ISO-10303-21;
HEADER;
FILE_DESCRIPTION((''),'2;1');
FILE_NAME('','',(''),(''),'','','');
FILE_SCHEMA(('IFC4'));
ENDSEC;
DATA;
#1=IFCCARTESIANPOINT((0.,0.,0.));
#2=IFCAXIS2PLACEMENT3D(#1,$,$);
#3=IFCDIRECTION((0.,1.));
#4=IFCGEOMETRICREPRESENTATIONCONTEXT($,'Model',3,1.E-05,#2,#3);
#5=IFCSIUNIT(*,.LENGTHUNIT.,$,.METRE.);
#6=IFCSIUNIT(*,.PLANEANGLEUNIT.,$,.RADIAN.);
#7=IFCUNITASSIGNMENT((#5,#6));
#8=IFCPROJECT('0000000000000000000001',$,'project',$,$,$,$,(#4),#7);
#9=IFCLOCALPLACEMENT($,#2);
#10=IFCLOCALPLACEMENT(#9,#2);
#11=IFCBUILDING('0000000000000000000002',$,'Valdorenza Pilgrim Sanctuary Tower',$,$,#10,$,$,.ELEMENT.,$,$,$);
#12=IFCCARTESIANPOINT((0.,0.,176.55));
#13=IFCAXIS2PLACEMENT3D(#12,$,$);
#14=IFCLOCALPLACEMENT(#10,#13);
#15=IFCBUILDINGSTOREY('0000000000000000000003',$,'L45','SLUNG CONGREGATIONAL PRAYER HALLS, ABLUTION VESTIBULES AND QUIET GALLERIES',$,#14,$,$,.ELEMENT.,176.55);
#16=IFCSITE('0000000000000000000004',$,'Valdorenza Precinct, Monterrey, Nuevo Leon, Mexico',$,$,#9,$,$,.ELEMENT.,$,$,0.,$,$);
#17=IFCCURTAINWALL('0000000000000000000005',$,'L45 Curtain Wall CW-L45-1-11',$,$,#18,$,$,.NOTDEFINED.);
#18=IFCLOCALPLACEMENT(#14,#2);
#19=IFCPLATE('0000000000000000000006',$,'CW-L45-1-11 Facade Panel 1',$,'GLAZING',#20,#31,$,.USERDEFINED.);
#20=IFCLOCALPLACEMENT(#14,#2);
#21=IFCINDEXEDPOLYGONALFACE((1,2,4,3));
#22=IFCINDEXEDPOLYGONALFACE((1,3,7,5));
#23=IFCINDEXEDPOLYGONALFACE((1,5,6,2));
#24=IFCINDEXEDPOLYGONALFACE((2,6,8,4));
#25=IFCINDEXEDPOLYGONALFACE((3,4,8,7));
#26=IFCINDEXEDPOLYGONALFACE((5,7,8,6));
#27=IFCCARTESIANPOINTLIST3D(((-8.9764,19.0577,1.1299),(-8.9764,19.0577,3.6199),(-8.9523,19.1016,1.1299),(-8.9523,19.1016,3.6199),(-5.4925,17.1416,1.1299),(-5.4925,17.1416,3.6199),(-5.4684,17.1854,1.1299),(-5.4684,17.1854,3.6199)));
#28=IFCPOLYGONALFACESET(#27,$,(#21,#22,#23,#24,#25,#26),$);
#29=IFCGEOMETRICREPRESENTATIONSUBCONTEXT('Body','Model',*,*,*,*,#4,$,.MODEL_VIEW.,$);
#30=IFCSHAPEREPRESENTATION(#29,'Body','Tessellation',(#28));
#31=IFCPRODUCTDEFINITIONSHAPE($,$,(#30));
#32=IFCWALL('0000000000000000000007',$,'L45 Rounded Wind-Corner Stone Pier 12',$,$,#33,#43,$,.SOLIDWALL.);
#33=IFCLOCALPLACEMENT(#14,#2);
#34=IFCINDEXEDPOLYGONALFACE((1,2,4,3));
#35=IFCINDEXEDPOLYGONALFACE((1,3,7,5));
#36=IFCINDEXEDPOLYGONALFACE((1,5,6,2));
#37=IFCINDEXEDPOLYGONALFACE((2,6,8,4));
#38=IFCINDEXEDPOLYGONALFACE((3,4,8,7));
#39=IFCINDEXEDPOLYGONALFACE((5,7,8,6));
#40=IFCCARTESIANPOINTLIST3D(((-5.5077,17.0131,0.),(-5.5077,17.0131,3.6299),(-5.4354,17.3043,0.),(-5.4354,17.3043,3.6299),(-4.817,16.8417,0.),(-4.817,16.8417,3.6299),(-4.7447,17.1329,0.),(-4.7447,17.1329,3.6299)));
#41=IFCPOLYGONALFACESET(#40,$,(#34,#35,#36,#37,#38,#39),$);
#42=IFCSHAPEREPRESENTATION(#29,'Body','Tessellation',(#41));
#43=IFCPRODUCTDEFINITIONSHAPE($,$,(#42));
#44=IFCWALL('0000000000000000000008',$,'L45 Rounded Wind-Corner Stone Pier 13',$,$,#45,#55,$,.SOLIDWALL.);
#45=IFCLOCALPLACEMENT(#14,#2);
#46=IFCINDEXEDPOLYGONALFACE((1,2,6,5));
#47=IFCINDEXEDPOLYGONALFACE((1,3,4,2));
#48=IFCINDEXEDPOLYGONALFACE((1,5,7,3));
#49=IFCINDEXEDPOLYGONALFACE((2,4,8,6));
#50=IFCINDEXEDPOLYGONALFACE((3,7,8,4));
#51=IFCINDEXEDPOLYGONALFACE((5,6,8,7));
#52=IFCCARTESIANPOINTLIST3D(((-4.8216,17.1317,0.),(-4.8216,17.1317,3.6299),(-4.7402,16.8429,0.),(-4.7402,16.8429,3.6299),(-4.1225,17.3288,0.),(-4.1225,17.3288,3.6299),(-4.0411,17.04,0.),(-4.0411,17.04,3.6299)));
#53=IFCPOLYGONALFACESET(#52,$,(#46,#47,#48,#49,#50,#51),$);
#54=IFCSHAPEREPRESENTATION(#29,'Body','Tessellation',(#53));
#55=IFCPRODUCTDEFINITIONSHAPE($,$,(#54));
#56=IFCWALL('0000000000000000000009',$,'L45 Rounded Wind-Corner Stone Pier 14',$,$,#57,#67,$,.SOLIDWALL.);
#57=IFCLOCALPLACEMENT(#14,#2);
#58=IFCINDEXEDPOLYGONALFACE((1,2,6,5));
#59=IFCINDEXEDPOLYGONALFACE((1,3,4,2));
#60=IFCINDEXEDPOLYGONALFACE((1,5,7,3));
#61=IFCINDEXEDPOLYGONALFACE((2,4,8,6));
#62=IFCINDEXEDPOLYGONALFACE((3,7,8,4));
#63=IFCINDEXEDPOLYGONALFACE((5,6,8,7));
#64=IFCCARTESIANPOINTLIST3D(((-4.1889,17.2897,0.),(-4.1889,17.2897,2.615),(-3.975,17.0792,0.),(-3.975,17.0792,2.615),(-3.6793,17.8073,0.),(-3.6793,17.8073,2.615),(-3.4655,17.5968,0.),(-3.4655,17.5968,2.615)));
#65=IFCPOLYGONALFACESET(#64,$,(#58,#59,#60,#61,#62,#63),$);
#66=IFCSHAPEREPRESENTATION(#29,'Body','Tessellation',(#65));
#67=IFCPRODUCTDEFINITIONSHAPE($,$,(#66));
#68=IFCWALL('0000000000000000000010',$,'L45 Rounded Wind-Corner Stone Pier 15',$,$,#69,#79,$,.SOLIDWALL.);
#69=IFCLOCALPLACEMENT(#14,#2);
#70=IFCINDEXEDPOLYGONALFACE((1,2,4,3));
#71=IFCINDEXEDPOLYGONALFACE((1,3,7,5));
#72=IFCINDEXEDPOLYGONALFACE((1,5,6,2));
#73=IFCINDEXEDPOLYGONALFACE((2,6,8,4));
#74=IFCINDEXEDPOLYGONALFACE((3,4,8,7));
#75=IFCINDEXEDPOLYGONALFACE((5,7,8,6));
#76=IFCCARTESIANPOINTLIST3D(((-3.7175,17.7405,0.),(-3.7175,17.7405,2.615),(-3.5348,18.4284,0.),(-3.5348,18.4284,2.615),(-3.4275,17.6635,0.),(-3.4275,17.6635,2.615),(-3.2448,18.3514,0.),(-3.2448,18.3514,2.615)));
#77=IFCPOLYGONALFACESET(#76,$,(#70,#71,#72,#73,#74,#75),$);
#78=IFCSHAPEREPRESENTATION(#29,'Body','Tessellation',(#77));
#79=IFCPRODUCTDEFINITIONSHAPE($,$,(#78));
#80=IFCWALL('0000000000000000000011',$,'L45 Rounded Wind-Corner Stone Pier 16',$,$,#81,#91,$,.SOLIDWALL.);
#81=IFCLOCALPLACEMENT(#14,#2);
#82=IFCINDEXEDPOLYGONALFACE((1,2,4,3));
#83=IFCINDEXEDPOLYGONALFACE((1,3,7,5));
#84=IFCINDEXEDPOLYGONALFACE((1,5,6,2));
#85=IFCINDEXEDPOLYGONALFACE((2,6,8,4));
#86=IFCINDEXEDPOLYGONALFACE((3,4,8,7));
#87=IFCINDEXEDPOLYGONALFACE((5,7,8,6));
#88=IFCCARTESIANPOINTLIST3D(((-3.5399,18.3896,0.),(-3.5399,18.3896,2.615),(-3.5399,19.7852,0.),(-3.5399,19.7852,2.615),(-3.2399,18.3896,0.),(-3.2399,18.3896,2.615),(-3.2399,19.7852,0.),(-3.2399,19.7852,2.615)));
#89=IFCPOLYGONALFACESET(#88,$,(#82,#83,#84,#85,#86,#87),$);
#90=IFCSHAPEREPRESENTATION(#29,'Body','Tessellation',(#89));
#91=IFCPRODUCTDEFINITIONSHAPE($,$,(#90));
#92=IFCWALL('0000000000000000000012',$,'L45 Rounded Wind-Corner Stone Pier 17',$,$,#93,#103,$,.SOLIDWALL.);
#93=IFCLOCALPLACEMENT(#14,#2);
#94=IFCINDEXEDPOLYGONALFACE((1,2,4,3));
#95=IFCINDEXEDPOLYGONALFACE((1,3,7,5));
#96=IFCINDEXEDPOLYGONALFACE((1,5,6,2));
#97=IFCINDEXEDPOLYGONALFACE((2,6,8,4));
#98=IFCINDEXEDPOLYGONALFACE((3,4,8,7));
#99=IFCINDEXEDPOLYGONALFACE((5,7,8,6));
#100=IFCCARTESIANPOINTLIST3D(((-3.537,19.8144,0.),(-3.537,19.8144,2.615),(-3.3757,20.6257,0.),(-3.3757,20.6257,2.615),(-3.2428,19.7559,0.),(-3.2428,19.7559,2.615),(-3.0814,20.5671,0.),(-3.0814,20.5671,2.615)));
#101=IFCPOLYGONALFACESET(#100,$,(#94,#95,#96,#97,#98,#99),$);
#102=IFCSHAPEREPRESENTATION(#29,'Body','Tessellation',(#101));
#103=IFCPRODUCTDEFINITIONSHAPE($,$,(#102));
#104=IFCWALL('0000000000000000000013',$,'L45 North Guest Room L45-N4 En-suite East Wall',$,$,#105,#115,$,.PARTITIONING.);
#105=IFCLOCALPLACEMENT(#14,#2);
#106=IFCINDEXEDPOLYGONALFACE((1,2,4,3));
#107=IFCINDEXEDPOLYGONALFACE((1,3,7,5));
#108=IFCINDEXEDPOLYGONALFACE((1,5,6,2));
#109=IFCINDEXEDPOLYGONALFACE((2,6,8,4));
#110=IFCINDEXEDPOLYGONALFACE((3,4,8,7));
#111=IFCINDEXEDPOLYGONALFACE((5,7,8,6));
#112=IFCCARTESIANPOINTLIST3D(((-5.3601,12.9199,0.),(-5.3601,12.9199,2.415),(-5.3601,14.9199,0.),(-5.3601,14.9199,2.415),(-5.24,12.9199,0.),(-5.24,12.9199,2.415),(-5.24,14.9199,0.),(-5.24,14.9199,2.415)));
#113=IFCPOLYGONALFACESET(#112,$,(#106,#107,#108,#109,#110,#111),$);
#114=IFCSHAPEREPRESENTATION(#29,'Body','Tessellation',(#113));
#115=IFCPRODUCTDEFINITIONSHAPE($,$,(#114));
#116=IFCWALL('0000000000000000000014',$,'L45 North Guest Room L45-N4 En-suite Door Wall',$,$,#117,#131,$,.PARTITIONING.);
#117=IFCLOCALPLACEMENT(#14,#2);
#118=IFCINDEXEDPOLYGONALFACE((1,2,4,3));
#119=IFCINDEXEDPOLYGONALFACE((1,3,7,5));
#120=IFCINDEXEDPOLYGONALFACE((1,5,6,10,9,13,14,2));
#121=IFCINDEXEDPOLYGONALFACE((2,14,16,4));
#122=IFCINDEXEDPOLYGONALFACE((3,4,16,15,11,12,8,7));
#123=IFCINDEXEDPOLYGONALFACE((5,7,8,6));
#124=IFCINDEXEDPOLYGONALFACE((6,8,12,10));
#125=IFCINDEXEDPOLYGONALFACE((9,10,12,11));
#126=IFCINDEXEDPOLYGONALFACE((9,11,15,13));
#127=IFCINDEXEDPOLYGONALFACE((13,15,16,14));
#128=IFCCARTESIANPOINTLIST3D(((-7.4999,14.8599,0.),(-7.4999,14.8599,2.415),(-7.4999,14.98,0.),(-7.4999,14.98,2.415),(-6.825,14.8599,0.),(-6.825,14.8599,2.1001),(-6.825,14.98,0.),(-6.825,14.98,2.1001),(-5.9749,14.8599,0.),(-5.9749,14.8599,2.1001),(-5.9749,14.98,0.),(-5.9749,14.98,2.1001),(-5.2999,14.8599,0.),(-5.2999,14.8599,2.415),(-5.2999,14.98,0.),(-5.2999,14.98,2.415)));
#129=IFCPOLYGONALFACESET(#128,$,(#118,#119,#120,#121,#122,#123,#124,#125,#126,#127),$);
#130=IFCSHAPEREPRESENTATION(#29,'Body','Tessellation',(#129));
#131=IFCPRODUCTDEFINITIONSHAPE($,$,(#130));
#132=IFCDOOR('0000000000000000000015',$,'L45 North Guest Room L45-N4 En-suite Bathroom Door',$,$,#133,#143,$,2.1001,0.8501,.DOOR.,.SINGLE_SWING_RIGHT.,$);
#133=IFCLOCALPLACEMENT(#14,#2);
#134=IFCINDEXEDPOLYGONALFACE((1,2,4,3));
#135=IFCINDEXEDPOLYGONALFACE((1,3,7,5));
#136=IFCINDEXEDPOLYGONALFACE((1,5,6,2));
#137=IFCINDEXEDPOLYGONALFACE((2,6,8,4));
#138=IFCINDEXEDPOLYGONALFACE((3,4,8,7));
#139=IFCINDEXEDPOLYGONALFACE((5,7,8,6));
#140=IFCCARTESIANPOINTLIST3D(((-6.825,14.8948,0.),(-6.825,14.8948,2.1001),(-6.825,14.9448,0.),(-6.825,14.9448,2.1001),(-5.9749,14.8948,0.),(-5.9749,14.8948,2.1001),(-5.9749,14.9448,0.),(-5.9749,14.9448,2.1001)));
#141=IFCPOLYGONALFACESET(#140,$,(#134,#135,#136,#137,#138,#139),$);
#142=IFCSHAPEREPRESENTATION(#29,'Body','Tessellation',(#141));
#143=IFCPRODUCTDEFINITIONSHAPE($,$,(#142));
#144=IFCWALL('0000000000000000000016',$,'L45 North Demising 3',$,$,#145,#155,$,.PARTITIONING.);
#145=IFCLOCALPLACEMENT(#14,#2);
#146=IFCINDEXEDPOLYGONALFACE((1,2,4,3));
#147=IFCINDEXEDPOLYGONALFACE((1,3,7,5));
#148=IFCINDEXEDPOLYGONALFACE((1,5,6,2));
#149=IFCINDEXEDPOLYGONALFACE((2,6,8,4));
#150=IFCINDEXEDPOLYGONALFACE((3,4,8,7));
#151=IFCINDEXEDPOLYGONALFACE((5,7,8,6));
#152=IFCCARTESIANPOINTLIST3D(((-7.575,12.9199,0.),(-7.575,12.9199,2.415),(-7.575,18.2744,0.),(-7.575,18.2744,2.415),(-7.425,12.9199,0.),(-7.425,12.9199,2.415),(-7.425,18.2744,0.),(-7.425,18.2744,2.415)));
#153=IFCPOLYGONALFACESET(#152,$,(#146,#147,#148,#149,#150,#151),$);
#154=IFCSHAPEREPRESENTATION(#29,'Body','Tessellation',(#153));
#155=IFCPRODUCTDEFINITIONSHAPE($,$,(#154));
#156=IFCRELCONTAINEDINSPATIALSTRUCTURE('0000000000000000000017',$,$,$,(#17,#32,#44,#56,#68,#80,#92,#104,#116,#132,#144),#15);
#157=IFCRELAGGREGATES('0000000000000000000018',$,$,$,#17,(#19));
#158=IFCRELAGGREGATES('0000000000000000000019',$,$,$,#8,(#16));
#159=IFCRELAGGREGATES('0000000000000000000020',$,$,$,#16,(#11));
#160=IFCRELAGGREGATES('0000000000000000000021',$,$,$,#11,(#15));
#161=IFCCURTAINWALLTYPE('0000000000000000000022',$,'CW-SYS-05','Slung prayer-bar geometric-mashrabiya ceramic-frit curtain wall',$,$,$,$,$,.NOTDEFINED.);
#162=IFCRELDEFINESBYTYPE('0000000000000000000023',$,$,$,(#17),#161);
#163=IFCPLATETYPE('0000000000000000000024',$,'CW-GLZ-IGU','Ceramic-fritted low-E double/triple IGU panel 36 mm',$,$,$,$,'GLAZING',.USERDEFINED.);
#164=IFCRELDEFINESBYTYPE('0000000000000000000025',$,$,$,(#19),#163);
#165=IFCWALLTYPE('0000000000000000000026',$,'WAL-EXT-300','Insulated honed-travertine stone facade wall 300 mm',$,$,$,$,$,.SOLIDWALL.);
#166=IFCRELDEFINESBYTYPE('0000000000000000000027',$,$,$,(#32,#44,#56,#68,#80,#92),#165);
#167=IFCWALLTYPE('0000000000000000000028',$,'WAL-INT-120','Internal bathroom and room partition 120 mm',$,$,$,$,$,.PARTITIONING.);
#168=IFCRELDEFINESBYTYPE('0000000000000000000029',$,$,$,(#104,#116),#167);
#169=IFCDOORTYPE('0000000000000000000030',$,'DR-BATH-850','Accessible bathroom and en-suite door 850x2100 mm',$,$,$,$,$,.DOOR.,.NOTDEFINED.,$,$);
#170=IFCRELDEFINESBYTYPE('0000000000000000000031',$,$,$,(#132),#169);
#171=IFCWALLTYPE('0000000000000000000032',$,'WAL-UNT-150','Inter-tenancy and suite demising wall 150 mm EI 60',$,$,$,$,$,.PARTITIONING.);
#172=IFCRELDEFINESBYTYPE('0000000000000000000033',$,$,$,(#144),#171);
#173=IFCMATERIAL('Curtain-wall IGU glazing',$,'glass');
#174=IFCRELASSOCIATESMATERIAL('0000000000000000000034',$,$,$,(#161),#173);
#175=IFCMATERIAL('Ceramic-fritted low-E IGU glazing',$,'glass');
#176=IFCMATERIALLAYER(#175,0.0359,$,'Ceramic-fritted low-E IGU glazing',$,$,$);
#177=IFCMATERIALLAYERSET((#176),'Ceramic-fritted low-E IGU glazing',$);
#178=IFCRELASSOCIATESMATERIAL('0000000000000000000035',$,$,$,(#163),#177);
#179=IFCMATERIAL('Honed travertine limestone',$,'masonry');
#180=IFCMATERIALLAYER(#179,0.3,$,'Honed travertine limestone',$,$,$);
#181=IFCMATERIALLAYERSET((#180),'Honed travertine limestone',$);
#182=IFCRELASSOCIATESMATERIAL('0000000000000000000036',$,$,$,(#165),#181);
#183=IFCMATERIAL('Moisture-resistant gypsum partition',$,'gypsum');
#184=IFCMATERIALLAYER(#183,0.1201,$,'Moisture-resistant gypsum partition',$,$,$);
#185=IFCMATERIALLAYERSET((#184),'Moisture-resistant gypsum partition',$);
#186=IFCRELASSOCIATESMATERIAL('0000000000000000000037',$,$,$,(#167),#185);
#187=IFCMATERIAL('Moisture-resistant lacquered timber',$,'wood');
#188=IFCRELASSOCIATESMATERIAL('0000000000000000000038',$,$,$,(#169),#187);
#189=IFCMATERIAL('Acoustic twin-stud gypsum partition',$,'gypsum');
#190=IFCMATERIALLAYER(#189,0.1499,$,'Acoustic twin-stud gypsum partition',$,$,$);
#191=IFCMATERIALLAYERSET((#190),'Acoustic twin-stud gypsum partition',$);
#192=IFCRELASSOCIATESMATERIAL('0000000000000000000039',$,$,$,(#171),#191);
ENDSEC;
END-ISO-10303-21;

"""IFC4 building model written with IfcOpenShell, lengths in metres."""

from ifc_helpers import new_model, si_unit, direction, frame, frame_2d, origin, origin_2d, place, context, subcontext, project, spatial, rectangle, extrude, source, transform, mapped, material, layer, layer_set, type_object, element, fill, aggregate, save


model = new_model("IFC4")

# Units and contexts
model_context = context("Model", 3, precision=1e-05, world=origin(), true_north=direction((0.0, 1.0)))
body_context = subcontext(model_context, "Body", "Model", "MODEL_VIEW")
ifc_project = project(units=[si_unit("LENGTHUNIT", "METRE"), si_unit("PLANEANGLEUNIT", "RADIAN")], contexts=[model_context])

# Site, building, storey
site_placement = place(None, origin())
site = spatial("IfcSite", under=ifc_project, at=site_placement, Name="Valdorenza Precinct, Monterrey, Nuevo Leon, Mexico", CompositionType="ELEMENT", RefElevation=0.0)
building_placement = place(site_placement, origin())
building = spatial("IfcBuilding", under=site, at=building_placement, Name="Valdorenza Pilgrim Sanctuary Tower", CompositionType="ELEMENT")
storey_placement = place(building_placement, frame((0.0, 0.0, 176.55)))
storey = spatial("IfcBuildingStorey", under=building, at=storey_placement, Name="L45", Description="SLUNG CONGREGATIONAL PRAYER HALLS, ABLUTION VESTIBULES AND QUIET GALLERIES", CompositionType="ELEMENT", Elevation=176.55)

# Curtain wall
ifc_material_1 = material(Name="Curtain-wall IGU glazing", Category="glass")
curtain_wall_type = type_object("IfcCurtainWallType", Name="CW-SYS-05", Description="Slung prayer-bar geometric-mashrabiya ceramic-frit curtain wall", PredefinedType="NOTDEFINED", material=ifc_material_1)
curtain_wall_placement = place(storey_placement, origin())
curtain_wall = element("IfcCurtainWall", 1, at=curtain_wall_placement, inside=storey, type_object=curtain_wall_type, Name="L45 Curtain Wall CW-L45-1-11", PredefinedType="NOTDEFINED")

# Plate
ifc_material_2 = material(Name="Honed travertine limestone", Category="masonry")
ifc_material_3 = material(Name="Ceramic-fritted low-E IGU glazing", Category="glass")
ifc_layer_1 = layer(ifc_material_3, 0.0359, Name="Ceramic-fritted low-E IGU glazing")
ifc_layer_set_1 = layer_set([ifc_layer_1], Name="Ceramic-fritted low-E IGU glazing")
plate_type_1 = type_object("IfcPlateType", Name="CW-GLZ-IGU", Description="Ceramic-fritted low-E double/triple IGU panel 36 mm", ElementType="GLAZING", PredefinedType="USERDEFINED", material=ifc_layer_set_1)
shared_shape_1 = source(origin(), body_context, "Body", "SweptSolid", [
    extrude(rectangle(XDim=3.9761, YDim=0.05, at=origin_2d()), origin(), (0.0, 0.0, 1.0), 2.49),
])
plate_1_placement = place(storey_placement, frame((-7.2224, 18.1216, 1.1299), z_axis=(0.0, 0.0, 1.0), x_axis=(0.876214, -0.481922, 0.0)))
plate_1 = element("IfcPlate", 2, at=plate_1_placement, type_object=plate_type_1, Name="CW-L45-1-11 Facade Panel 1", ObjectType="GLAZING", PredefinedType="USERDEFINED", context=body_context, shape_type="MappedRepresentation", body=[
    mapped(shared_shape_1, transform((0.0, 0.0, 0.0), x_axis=(1.0, 0.0, 0.0), y_axis=(0.0, 1.0, 0.0), z_axis=(0.0, 0.0, 1.0), scale=1.0)),
])
aggregate(curtain_wall, [plate_1])

# Walls
ifc_layer_2 = layer(ifc_material_2, 0.3, Name="Honed travertine limestone")
ifc_layer_set_2 = layer_set([ifc_layer_2], Name="Honed travertine limestone")
wall_type_1 = type_object("IfcWallType", Name="WAL-EXT-300", Description="Insulated honed-travertine stone facade wall 300 mm", PredefinedType="SOLIDWALL", material=ifc_layer_set_2)
wall_1_placement = place(storey_placement, frame((-5.4717, 17.1587, 0.0), z_axis=(0.0, 0.0, 1.0), x_axis=(0.970565, -0.24084, 0.0)))
element("IfcWall", 3, at=wall_1_placement, inside=storey, type_object=wall_type_1, Name="L45 Rounded Wind-Corner Stone Pier 12", PredefinedType="SOLIDWALL", context=body_context, shape_type="SweptSolid", body=[
    extrude(rectangle(XDim=0.7117, YDim=0.3, at=frame_2d((0.356, 0.0))), origin(), (0.0, 0.0, 1.0), 3.6299),
])
wall_2_placement = place(storey_placement, frame((-4.781, 16.9873, 0.0), z_axis=(0.0, 0.0, 1.0), x_axis=(0.962495, 0.2713, 0.0)))
element("IfcWall", 4, at=wall_2_placement, inside=storey, type_object=wall_type_1, Name="L45 Rounded Wind-Corner Stone Pier 13", PredefinedType="SOLIDWALL", context=body_context, shape_type="SweptSolid", body=[
    extrude(rectangle(XDim=0.7263, YDim=0.3, at=frame_2d((0.3633, 0.0))), origin(), (0.0, 0.0, 1.0), 3.6299),
])
wall_3_placement = place(storey_placement, frame((-4.082, 17.1843, 0.0), z_axis=(0.0, 0.0, 1.0), x_axis=(0.701539, 0.712631, 0.0)))
element("IfcWall", 5, at=wall_3_placement, inside=storey, type_object=wall_type_1, Name="L45 Rounded Wind-Corner Stone Pier 14", PredefinedType="SOLIDWALL", context=body_context, shape_type="SweptSolid", body=[
    extrude(rectangle(XDim=0.7263, YDim=0.3, at=frame_2d((0.3633, 0.0))), origin(), (0.0, 0.0, 1.0), 2.615),
])
wall_4_placement = place(storey_placement, frame((-3.5725, 17.7019, 0.0), z_axis=(0.0, 0.0, 1.0), x_axis=(0.256637, 0.966508, 0.0)))
element("IfcWall", 6, at=wall_4_placement, inside=storey, type_object=wall_type_1, Name="L45 Rounded Wind-Corner Stone Pier 15", PredefinedType="SOLIDWALL", context=body_context, shape_type="SweptSolid", body=[
    extrude(rectangle(XDim=0.7117, YDim=0.3, at=frame_2d((0.356, 0.0))), origin(), (0.0, 0.0, 1.0), 2.615),
])
wall_5_placement = place(storey_placement, frame((-3.3899, 18.3896, 0.0), z_axis=(0.0, 0.0, 1.0), x_axis=(0.0, 1.0, 0.0)))
element("IfcWall", 7, at=wall_5_placement, inside=storey, type_object=wall_type_1, Name="L45 Rounded Wind-Corner Stone Pier 16", PredefinedType="SOLIDWALL", context=body_context, shape_type="SweptSolid", body=[
    extrude(rectangle(XDim=1.3955, YDim=0.3, at=frame_2d((0.6978, 0.0))), origin(), (0.0, 0.0, 1.0), 2.615),
])
wall_6_placement = place(storey_placement, frame((-3.3899, 19.7852, 0.0), z_axis=(0.0, 0.0, 1.0), x_axis=(0.195094, 0.980784, 0.0)))
element("IfcWall", 8, at=wall_6_placement, inside=storey, type_object=wall_type_1, Name="L45 Rounded Wind-Corner Stone Pier 17", PredefinedType="SOLIDWALL", context=body_context, shape_type="SweptSolid", body=[
    extrude(rectangle(XDim=0.8271, YDim=0.3, at=frame_2d((0.4136, 0.0))), origin(), (0.0, 0.0, 1.0), 2.615),
])
ifc_material_4 = material(Name="Moisture-resistant gypsum partition", Category="gypsum")
ifc_layer_3 = layer(ifc_material_4, 0.1201, Name="Moisture-resistant gypsum partition")
ifc_layer_set_3 = layer_set([ifc_layer_3], Name="Moisture-resistant gypsum partition")
wall_type_2 = type_object("IfcWallType", Name="WAL-INT-120", Description="Internal bathroom and room partition 120 mm", PredefinedType="PARTITIONING", material=ifc_layer_set_3)
wall_7_placement = place(storey_placement, frame((-5.3, 12.9199, 0.0), z_axis=(0.0, 0.0, 1.0), x_axis=(0.0, 1.0, 0.0)))
element("IfcWall", 9, at=wall_7_placement, inside=storey, type_object=wall_type_2, Name="L45 North Guest Room L45-N4 En-suite East Wall", PredefinedType="PARTITIONING", context=body_context, shape_type="SweptSolid", body=[
    extrude(rectangle(XDim=2.0, YDim=0.1201, at=frame_2d((1.0, 0.0))), origin(), (0.0, 0.0, 1.0), 2.415),
])

# Wall, opening, door
wall_8_placement = place(storey_placement, frame((-7.5, 14.9199, 0.0), z_axis=(0.0, 0.0, 1.0), x_axis=(1.0, 0.0, 0.0)))
wall_8 = element("IfcWall", 10, at=wall_8_placement, inside=storey, type_object=wall_type_2, Name="L45 North Guest Room L45-N4 En-suite Door Wall", PredefinedType="PARTITIONING", context=body_context, shape_type="SweptSolid", body=[
    extrude(rectangle(XDim=2.2, YDim=0.1201, at=frame_2d((1.1001, 0.0))), origin(), (0.0, 0.0, 1.0), 2.415),
])
opening_placement = place(wall_8_placement, frame((0.675, 0.0, 0.0)))
opening = element("IfcOpeningElement", 11, at=opening_placement, cuts=wall_8, PredefinedType="OPENING", context=body_context, shape_type="SweptSolid", body=[
    extrude(rectangle(XDim=0.8501, YDim=2.1001, at=frame_2d((0.425, 1.05))), frame((0.0, 0.075, 0.0), z_axis=(0.0, -1.0, 0.0), x_axis=(1.0, 0.0, 0.0)), (0.0, 0.0, 1.0), 0.1499),
])
ifc_material_5 = material(Name="Moisture-resistant lacquered timber", Category="wood")
door_type = type_object("IfcDoorType", Name="DR-BATH-850", Description="Accessible bathroom and en-suite door 850x2100 mm", OperationType="NOTDEFINED", PredefinedType="DOOR", material=ifc_material_5)
door_placement = place(opening_placement, origin())
door = element("IfcDoor", 12, at=door_placement, inside=storey, type_object=door_type, Name="L45 North Guest Room L45-N4 En-suite Bathroom Door", OperationType="SINGLE_SWING_RIGHT", OverallHeight=2.1001, OverallWidth=0.8501, PredefinedType="DOOR", context=body_context, shape_type="SweptSolid", body=[
    extrude(rectangle(XDim=0.8501, YDim=2.1001, at=frame_2d((0.425, 1.05))), frame((0.0, 0.0249, 0.0), z_axis=(0.0, -1.0, 0.0), x_axis=(1.0, 0.0, 0.0)), (0.0, 0.0, 1.0), 0.05),
])
fill(opening, door)

# Wall
ifc_material_6 = material(Name="Acoustic twin-stud gypsum partition", Category="gypsum")
ifc_layer_4 = layer(ifc_material_6, 0.1499, Name="Acoustic twin-stud gypsum partition")
ifc_layer_set_4 = layer_set([ifc_layer_4], Name="Acoustic twin-stud gypsum partition")
wall_type_3 = type_object("IfcWallType", Name="WAL-UNT-150", Description="Inter-tenancy and suite demising wall 150 mm EI 60", PredefinedType="PARTITIONING", material=ifc_layer_set_4)
wall_9_placement = place(storey_placement, frame((-7.5, 12.9199, 0.0), z_axis=(0.0, 0.0, 1.0), x_axis=(0.0, 1.0, 0.0)))
element("IfcWall", 13, at=wall_9_placement, inside=storey, type_object=wall_type_3, Name="L45 North Demising 3", PredefinedType="PARTITIONING", context=body_context, shape_type="SweptSolid", body=[
    extrude(rectangle(XDim=5.3545, YDim=0.1499, at=frame_2d((2.6772, 0.0))), origin(), (0.0, 0.0, 1.0), 2.415),
])

save(model, "model.ifc")
